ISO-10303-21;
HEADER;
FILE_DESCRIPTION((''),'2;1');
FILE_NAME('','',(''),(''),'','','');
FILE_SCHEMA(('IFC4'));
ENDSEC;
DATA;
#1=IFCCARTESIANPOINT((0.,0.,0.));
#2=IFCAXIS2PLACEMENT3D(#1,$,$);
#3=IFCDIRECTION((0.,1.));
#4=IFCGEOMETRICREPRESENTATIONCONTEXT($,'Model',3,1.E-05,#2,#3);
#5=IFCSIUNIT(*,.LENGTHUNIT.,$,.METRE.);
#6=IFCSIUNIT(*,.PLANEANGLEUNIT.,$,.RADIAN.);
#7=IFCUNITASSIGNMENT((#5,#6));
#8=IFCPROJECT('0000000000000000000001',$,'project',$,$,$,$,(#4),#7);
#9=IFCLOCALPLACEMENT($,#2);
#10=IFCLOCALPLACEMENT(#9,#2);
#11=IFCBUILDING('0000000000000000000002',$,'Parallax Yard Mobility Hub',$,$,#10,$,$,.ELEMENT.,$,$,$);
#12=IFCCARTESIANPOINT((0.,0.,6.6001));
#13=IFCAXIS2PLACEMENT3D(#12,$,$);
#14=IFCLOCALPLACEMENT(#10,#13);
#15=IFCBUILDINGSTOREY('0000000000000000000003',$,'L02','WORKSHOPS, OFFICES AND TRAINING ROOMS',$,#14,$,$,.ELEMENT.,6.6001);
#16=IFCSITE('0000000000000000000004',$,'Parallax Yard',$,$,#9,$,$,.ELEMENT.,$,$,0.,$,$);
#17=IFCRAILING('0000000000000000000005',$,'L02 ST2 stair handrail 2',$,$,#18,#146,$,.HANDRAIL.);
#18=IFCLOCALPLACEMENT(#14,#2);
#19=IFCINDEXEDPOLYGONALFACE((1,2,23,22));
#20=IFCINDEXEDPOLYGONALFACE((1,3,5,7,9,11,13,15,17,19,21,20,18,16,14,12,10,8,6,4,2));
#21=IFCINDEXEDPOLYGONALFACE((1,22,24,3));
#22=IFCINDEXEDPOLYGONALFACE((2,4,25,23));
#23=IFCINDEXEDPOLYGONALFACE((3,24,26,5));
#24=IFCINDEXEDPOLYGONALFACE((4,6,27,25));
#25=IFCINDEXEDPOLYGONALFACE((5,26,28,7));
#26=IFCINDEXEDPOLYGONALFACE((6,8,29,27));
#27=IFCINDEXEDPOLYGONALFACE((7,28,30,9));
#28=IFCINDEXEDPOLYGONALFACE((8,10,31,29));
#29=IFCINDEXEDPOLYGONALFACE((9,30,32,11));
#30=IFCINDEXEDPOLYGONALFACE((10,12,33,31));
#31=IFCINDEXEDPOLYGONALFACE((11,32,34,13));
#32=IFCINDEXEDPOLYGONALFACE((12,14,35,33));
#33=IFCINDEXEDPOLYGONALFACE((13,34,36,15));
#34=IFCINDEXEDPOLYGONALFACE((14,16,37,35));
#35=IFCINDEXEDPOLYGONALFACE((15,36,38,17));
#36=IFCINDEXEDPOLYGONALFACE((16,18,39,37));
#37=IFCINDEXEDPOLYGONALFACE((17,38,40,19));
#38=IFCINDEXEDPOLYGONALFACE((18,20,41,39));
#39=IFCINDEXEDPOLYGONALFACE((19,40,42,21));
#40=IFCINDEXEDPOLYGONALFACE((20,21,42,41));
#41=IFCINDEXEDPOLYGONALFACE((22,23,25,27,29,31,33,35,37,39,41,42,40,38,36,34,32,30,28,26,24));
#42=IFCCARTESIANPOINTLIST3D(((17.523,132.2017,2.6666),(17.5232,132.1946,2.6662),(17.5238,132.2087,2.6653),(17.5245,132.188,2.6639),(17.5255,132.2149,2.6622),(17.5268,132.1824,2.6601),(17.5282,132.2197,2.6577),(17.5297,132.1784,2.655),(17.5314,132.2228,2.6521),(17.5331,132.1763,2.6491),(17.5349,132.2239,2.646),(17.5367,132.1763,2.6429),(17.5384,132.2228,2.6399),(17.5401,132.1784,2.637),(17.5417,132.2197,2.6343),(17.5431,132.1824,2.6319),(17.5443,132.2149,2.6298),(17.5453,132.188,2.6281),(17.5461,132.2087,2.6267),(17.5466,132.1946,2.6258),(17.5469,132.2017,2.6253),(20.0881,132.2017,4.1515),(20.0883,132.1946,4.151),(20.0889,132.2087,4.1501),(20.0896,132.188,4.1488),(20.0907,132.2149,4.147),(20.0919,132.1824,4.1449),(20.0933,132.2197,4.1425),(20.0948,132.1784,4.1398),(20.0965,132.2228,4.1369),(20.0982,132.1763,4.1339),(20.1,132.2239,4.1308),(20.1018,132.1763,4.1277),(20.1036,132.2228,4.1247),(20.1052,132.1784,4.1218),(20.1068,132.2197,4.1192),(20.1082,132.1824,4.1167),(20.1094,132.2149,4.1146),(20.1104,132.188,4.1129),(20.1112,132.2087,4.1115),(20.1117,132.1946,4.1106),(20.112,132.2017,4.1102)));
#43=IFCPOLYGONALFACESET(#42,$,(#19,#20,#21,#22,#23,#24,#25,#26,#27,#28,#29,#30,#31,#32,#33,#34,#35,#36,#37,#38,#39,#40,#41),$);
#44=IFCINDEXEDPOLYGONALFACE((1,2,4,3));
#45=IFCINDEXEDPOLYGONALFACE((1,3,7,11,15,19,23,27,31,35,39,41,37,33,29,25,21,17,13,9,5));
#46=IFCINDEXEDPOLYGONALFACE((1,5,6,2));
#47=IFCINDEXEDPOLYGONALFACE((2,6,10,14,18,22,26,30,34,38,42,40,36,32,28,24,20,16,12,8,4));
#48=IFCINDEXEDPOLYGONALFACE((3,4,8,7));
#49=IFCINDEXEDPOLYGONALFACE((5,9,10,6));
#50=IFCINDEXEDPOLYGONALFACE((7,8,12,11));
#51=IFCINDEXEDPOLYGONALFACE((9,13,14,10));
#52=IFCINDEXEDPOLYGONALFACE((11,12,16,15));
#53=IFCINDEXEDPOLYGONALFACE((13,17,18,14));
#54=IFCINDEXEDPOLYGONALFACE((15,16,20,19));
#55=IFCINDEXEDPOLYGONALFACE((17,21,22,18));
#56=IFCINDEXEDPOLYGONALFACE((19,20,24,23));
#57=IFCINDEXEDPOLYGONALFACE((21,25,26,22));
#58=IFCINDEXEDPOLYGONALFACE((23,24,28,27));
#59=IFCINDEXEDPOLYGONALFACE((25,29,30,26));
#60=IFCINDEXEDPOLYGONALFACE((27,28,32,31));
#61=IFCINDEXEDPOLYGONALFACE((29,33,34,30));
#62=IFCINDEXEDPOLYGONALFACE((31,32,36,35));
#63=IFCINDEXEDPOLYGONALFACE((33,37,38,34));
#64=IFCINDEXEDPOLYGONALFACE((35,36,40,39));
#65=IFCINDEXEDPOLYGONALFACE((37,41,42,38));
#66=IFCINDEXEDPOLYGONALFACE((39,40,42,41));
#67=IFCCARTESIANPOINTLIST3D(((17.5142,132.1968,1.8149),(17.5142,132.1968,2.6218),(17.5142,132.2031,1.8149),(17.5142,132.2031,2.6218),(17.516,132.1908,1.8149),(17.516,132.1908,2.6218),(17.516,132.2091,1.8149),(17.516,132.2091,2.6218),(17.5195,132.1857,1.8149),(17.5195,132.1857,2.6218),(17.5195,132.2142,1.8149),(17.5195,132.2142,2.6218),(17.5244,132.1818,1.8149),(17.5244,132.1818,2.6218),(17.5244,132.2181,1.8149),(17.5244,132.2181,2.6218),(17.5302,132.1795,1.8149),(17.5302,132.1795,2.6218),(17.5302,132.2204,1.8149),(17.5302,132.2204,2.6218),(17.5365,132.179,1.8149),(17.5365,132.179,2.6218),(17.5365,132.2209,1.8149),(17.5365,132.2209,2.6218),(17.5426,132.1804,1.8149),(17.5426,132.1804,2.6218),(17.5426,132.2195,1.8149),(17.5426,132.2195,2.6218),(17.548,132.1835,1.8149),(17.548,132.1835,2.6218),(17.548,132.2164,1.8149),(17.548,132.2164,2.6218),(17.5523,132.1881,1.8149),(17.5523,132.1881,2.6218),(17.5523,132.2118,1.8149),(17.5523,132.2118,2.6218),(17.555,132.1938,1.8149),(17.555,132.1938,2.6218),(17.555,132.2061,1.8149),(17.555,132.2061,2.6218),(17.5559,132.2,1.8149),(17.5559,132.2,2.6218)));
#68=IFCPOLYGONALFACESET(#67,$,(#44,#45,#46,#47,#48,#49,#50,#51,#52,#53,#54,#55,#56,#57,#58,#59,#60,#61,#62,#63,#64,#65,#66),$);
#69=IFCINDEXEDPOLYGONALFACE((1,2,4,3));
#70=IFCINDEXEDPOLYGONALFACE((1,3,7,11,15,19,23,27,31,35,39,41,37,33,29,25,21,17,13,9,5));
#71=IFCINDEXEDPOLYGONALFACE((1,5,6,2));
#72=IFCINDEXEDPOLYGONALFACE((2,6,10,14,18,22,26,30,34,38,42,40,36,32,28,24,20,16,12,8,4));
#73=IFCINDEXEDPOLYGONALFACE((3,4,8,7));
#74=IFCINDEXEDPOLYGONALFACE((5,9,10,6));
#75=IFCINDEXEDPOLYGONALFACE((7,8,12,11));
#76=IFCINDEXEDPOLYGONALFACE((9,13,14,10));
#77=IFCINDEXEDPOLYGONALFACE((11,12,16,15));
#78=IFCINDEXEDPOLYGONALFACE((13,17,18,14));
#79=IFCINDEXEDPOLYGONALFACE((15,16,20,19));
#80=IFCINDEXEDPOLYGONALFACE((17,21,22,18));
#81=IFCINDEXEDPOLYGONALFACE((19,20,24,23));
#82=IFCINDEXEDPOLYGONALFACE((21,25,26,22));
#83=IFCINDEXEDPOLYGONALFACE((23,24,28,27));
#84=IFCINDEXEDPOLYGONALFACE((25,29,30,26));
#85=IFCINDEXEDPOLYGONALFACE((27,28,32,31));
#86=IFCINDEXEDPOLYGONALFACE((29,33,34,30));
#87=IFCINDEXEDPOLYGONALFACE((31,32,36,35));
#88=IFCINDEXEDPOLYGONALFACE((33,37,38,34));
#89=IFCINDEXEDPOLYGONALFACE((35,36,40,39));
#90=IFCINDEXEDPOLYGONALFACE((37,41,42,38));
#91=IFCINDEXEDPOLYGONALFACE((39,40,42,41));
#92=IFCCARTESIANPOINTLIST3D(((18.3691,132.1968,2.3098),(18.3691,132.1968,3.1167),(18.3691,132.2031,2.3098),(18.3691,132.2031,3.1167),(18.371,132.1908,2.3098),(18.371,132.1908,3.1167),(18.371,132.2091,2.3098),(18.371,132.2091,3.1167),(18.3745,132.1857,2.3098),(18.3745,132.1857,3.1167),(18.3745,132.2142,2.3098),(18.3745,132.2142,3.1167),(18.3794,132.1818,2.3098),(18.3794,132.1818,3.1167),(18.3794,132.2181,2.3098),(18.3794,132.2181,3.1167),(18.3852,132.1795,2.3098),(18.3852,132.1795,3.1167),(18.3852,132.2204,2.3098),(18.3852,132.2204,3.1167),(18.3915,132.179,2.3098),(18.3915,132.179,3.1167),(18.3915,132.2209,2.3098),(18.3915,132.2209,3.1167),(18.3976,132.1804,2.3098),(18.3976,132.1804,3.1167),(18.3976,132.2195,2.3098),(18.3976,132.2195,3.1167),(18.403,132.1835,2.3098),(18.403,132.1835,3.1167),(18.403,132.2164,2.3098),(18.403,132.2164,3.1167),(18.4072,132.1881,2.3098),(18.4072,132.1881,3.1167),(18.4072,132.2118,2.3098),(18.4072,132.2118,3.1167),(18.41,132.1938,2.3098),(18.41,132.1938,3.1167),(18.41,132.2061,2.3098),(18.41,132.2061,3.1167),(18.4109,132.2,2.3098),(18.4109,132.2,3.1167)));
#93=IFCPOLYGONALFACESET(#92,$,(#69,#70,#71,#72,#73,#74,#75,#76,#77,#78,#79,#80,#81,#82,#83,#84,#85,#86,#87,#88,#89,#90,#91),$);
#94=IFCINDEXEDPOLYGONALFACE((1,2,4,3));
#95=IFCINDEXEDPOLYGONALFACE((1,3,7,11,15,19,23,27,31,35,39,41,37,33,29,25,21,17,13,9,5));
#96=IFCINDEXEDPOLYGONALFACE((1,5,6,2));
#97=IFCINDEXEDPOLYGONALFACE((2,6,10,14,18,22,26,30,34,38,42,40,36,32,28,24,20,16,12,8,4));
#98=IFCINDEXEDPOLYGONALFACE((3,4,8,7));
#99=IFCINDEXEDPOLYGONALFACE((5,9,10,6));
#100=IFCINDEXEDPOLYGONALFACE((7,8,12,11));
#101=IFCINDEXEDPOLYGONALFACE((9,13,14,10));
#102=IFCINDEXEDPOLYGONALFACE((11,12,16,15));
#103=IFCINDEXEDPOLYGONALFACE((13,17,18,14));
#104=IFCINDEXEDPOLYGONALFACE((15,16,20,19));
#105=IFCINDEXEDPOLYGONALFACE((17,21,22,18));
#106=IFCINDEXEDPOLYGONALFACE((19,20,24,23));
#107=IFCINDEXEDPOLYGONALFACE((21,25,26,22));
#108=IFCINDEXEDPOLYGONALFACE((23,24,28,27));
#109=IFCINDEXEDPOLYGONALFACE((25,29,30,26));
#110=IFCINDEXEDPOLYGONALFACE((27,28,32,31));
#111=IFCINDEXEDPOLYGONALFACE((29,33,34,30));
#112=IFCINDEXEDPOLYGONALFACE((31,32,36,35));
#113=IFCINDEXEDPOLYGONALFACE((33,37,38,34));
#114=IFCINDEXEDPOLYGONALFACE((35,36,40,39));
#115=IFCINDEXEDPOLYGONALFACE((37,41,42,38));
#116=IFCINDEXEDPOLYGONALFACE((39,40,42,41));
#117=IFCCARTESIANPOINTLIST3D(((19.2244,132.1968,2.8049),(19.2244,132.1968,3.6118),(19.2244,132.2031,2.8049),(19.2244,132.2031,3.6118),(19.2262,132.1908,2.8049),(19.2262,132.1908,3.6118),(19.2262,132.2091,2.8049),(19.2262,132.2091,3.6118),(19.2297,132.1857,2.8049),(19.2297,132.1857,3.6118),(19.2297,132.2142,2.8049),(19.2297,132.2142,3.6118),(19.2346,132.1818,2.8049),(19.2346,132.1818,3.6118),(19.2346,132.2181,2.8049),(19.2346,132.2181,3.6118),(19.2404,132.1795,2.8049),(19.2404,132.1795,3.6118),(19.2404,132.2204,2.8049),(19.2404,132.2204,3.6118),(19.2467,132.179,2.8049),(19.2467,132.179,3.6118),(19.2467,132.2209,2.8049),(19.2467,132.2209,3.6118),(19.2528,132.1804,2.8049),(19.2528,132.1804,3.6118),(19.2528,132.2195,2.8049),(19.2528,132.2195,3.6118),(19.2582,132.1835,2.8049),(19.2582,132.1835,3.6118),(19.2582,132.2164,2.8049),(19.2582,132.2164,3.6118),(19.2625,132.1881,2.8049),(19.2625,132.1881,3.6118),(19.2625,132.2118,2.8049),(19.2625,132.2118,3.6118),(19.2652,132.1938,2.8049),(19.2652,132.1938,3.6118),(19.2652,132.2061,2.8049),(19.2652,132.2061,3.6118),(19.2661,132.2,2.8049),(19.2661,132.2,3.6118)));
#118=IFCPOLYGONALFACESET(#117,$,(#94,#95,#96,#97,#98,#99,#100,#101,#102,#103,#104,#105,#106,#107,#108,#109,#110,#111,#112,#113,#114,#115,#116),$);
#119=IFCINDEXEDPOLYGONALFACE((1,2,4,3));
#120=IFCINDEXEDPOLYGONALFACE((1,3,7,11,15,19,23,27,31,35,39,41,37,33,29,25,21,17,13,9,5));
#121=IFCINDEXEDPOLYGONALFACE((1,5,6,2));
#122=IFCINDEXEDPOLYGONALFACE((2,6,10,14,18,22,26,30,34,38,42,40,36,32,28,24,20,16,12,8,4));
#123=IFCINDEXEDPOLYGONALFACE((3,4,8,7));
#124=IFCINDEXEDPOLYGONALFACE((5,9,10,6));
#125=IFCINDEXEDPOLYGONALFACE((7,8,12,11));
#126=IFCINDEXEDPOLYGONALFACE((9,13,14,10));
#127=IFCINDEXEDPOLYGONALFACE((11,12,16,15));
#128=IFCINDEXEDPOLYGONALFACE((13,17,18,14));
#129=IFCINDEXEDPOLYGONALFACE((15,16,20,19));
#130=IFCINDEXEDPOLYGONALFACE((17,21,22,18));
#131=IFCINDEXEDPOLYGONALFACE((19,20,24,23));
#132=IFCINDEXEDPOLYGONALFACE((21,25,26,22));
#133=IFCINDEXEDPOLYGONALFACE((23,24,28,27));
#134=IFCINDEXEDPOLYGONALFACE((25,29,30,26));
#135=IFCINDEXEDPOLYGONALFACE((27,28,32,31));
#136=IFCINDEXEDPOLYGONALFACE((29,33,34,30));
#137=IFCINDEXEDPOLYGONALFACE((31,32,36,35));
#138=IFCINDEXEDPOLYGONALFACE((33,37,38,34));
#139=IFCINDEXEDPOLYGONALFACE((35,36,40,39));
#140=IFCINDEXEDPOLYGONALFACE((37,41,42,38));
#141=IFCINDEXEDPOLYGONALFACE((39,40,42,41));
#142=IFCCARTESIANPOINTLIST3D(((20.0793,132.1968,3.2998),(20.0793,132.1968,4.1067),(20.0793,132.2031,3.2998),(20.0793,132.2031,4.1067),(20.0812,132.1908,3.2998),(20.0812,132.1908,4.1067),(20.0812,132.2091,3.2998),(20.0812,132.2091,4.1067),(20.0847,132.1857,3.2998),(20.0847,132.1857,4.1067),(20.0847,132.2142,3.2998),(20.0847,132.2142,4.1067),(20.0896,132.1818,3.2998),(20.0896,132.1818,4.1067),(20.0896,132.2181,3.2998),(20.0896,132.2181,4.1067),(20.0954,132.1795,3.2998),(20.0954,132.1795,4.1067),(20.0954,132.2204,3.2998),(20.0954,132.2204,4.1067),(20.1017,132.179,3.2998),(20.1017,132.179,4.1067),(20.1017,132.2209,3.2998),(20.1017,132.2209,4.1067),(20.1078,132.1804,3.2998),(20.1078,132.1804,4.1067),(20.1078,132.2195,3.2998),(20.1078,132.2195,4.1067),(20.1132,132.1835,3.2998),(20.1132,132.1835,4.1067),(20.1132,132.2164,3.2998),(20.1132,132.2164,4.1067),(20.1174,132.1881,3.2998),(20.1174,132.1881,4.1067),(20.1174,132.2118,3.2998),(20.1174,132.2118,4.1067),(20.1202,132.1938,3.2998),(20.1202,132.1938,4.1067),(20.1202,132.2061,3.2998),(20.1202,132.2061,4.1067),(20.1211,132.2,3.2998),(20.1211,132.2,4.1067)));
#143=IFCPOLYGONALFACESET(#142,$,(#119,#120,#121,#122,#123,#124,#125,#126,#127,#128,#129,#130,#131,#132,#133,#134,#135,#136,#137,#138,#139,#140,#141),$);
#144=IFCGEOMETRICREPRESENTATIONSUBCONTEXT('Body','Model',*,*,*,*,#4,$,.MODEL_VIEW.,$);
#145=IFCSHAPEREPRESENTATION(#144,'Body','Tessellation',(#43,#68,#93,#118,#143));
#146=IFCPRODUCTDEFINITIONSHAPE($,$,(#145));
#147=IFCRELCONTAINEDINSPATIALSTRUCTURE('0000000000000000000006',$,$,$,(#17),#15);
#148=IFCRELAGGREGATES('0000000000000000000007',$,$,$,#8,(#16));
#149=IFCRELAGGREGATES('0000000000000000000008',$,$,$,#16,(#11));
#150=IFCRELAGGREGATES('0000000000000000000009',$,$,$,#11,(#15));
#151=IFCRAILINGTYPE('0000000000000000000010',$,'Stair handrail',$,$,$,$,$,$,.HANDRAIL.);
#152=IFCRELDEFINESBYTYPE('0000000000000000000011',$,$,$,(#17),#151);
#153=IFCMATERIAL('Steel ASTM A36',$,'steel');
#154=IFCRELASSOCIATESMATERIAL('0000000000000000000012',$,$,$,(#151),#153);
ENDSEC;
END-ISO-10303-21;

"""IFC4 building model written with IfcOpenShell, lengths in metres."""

from ifc_helpers import new_model, si_unit, direction, frame, origin, origin_2d, place, context, subcontext, project, spatial, circle, extrude, material, type_object, element, save


model = new_model("IFC4")

# Units and contexts
model_context = context("Model", 3, precision=1e-05, world=origin(), true_north=direction((0.0, 1.0)))
body_context = subcontext(model_context, "Body", "Model", "MODEL_VIEW")
ifc_project = project(units=[si_unit("LENGTHUNIT", "METRE"), si_unit("PLANEANGLEUNIT", "RADIAN")], contexts=[model_context])

# Site, building, storey
site_placement = place(None, origin())
site = spatial("IfcSite", under=ifc_project, at=site_placement, Name="Parallax Yard", CompositionType="ELEMENT", RefElevation=0.0)
building_placement = place(site_placement, origin())
building = spatial("IfcBuilding", under=site, at=building_placement, Name="Parallax Yard Mobility Hub", CompositionType="ELEMENT")
storey_placement = place(building_placement, frame((0.0, 0.0, 6.6001)))
storey = spatial("IfcBuildingStorey", under=building, at=storey_placement, Name="L02", Description="WORKSHOPS, OFFICES AND TRAINING ROOMS", CompositionType="ELEMENT", Elevation=6.6001)

# Railing
ifc_material_1 = material(Name="Steel ASTM A36", Category="steel")
railing_type_1 = type_object("IfcRailingType", Name="Stair handrail", PredefinedType="HANDRAIL", material=ifc_material_1)
railing_1_placement = place(storey_placement, frame((17.5349, 132.2, 1.8149)))
element("IfcRailing", 1, at=railing_1_placement, inside=storey, type_object=railing_type_1, Name="L02 ST2 stair handrail 2", PredefinedType="HANDRAIL", context=body_context, shape_type="SweptSolid", body=[
    extrude(circle(Radius=0.0239, at=origin_2d()), frame((0.0, 0.0, 0.8311), z_axis=(0.865462, 0.0, 0.500975), x_axis=(0.0, 1.0, 0.0)), (0.0, 0.0, 1.0), 2.9639),
    extrude(circle(Radius=0.021, at=origin_2d()), origin(), (0.0, 0.0, 1.0), 0.8069),
    extrude(circle(Radius=0.021, at=origin_2d()), frame((0.855, 0.0, 0.4949)), (0.0, 0.0, 1.0), 0.8069),
    extrude(circle(Radius=0.021, at=origin_2d()), frame((1.7102, 0.0, 0.99)), (0.0, 0.0, 1.0), 0.8069),
    extrude(circle(Radius=0.021, at=origin_2d()), frame((2.5652, 0.0, 1.4849)), (0.0, 0.0, 1.0), 0.8069),
])

save(model, "model.ifc")
